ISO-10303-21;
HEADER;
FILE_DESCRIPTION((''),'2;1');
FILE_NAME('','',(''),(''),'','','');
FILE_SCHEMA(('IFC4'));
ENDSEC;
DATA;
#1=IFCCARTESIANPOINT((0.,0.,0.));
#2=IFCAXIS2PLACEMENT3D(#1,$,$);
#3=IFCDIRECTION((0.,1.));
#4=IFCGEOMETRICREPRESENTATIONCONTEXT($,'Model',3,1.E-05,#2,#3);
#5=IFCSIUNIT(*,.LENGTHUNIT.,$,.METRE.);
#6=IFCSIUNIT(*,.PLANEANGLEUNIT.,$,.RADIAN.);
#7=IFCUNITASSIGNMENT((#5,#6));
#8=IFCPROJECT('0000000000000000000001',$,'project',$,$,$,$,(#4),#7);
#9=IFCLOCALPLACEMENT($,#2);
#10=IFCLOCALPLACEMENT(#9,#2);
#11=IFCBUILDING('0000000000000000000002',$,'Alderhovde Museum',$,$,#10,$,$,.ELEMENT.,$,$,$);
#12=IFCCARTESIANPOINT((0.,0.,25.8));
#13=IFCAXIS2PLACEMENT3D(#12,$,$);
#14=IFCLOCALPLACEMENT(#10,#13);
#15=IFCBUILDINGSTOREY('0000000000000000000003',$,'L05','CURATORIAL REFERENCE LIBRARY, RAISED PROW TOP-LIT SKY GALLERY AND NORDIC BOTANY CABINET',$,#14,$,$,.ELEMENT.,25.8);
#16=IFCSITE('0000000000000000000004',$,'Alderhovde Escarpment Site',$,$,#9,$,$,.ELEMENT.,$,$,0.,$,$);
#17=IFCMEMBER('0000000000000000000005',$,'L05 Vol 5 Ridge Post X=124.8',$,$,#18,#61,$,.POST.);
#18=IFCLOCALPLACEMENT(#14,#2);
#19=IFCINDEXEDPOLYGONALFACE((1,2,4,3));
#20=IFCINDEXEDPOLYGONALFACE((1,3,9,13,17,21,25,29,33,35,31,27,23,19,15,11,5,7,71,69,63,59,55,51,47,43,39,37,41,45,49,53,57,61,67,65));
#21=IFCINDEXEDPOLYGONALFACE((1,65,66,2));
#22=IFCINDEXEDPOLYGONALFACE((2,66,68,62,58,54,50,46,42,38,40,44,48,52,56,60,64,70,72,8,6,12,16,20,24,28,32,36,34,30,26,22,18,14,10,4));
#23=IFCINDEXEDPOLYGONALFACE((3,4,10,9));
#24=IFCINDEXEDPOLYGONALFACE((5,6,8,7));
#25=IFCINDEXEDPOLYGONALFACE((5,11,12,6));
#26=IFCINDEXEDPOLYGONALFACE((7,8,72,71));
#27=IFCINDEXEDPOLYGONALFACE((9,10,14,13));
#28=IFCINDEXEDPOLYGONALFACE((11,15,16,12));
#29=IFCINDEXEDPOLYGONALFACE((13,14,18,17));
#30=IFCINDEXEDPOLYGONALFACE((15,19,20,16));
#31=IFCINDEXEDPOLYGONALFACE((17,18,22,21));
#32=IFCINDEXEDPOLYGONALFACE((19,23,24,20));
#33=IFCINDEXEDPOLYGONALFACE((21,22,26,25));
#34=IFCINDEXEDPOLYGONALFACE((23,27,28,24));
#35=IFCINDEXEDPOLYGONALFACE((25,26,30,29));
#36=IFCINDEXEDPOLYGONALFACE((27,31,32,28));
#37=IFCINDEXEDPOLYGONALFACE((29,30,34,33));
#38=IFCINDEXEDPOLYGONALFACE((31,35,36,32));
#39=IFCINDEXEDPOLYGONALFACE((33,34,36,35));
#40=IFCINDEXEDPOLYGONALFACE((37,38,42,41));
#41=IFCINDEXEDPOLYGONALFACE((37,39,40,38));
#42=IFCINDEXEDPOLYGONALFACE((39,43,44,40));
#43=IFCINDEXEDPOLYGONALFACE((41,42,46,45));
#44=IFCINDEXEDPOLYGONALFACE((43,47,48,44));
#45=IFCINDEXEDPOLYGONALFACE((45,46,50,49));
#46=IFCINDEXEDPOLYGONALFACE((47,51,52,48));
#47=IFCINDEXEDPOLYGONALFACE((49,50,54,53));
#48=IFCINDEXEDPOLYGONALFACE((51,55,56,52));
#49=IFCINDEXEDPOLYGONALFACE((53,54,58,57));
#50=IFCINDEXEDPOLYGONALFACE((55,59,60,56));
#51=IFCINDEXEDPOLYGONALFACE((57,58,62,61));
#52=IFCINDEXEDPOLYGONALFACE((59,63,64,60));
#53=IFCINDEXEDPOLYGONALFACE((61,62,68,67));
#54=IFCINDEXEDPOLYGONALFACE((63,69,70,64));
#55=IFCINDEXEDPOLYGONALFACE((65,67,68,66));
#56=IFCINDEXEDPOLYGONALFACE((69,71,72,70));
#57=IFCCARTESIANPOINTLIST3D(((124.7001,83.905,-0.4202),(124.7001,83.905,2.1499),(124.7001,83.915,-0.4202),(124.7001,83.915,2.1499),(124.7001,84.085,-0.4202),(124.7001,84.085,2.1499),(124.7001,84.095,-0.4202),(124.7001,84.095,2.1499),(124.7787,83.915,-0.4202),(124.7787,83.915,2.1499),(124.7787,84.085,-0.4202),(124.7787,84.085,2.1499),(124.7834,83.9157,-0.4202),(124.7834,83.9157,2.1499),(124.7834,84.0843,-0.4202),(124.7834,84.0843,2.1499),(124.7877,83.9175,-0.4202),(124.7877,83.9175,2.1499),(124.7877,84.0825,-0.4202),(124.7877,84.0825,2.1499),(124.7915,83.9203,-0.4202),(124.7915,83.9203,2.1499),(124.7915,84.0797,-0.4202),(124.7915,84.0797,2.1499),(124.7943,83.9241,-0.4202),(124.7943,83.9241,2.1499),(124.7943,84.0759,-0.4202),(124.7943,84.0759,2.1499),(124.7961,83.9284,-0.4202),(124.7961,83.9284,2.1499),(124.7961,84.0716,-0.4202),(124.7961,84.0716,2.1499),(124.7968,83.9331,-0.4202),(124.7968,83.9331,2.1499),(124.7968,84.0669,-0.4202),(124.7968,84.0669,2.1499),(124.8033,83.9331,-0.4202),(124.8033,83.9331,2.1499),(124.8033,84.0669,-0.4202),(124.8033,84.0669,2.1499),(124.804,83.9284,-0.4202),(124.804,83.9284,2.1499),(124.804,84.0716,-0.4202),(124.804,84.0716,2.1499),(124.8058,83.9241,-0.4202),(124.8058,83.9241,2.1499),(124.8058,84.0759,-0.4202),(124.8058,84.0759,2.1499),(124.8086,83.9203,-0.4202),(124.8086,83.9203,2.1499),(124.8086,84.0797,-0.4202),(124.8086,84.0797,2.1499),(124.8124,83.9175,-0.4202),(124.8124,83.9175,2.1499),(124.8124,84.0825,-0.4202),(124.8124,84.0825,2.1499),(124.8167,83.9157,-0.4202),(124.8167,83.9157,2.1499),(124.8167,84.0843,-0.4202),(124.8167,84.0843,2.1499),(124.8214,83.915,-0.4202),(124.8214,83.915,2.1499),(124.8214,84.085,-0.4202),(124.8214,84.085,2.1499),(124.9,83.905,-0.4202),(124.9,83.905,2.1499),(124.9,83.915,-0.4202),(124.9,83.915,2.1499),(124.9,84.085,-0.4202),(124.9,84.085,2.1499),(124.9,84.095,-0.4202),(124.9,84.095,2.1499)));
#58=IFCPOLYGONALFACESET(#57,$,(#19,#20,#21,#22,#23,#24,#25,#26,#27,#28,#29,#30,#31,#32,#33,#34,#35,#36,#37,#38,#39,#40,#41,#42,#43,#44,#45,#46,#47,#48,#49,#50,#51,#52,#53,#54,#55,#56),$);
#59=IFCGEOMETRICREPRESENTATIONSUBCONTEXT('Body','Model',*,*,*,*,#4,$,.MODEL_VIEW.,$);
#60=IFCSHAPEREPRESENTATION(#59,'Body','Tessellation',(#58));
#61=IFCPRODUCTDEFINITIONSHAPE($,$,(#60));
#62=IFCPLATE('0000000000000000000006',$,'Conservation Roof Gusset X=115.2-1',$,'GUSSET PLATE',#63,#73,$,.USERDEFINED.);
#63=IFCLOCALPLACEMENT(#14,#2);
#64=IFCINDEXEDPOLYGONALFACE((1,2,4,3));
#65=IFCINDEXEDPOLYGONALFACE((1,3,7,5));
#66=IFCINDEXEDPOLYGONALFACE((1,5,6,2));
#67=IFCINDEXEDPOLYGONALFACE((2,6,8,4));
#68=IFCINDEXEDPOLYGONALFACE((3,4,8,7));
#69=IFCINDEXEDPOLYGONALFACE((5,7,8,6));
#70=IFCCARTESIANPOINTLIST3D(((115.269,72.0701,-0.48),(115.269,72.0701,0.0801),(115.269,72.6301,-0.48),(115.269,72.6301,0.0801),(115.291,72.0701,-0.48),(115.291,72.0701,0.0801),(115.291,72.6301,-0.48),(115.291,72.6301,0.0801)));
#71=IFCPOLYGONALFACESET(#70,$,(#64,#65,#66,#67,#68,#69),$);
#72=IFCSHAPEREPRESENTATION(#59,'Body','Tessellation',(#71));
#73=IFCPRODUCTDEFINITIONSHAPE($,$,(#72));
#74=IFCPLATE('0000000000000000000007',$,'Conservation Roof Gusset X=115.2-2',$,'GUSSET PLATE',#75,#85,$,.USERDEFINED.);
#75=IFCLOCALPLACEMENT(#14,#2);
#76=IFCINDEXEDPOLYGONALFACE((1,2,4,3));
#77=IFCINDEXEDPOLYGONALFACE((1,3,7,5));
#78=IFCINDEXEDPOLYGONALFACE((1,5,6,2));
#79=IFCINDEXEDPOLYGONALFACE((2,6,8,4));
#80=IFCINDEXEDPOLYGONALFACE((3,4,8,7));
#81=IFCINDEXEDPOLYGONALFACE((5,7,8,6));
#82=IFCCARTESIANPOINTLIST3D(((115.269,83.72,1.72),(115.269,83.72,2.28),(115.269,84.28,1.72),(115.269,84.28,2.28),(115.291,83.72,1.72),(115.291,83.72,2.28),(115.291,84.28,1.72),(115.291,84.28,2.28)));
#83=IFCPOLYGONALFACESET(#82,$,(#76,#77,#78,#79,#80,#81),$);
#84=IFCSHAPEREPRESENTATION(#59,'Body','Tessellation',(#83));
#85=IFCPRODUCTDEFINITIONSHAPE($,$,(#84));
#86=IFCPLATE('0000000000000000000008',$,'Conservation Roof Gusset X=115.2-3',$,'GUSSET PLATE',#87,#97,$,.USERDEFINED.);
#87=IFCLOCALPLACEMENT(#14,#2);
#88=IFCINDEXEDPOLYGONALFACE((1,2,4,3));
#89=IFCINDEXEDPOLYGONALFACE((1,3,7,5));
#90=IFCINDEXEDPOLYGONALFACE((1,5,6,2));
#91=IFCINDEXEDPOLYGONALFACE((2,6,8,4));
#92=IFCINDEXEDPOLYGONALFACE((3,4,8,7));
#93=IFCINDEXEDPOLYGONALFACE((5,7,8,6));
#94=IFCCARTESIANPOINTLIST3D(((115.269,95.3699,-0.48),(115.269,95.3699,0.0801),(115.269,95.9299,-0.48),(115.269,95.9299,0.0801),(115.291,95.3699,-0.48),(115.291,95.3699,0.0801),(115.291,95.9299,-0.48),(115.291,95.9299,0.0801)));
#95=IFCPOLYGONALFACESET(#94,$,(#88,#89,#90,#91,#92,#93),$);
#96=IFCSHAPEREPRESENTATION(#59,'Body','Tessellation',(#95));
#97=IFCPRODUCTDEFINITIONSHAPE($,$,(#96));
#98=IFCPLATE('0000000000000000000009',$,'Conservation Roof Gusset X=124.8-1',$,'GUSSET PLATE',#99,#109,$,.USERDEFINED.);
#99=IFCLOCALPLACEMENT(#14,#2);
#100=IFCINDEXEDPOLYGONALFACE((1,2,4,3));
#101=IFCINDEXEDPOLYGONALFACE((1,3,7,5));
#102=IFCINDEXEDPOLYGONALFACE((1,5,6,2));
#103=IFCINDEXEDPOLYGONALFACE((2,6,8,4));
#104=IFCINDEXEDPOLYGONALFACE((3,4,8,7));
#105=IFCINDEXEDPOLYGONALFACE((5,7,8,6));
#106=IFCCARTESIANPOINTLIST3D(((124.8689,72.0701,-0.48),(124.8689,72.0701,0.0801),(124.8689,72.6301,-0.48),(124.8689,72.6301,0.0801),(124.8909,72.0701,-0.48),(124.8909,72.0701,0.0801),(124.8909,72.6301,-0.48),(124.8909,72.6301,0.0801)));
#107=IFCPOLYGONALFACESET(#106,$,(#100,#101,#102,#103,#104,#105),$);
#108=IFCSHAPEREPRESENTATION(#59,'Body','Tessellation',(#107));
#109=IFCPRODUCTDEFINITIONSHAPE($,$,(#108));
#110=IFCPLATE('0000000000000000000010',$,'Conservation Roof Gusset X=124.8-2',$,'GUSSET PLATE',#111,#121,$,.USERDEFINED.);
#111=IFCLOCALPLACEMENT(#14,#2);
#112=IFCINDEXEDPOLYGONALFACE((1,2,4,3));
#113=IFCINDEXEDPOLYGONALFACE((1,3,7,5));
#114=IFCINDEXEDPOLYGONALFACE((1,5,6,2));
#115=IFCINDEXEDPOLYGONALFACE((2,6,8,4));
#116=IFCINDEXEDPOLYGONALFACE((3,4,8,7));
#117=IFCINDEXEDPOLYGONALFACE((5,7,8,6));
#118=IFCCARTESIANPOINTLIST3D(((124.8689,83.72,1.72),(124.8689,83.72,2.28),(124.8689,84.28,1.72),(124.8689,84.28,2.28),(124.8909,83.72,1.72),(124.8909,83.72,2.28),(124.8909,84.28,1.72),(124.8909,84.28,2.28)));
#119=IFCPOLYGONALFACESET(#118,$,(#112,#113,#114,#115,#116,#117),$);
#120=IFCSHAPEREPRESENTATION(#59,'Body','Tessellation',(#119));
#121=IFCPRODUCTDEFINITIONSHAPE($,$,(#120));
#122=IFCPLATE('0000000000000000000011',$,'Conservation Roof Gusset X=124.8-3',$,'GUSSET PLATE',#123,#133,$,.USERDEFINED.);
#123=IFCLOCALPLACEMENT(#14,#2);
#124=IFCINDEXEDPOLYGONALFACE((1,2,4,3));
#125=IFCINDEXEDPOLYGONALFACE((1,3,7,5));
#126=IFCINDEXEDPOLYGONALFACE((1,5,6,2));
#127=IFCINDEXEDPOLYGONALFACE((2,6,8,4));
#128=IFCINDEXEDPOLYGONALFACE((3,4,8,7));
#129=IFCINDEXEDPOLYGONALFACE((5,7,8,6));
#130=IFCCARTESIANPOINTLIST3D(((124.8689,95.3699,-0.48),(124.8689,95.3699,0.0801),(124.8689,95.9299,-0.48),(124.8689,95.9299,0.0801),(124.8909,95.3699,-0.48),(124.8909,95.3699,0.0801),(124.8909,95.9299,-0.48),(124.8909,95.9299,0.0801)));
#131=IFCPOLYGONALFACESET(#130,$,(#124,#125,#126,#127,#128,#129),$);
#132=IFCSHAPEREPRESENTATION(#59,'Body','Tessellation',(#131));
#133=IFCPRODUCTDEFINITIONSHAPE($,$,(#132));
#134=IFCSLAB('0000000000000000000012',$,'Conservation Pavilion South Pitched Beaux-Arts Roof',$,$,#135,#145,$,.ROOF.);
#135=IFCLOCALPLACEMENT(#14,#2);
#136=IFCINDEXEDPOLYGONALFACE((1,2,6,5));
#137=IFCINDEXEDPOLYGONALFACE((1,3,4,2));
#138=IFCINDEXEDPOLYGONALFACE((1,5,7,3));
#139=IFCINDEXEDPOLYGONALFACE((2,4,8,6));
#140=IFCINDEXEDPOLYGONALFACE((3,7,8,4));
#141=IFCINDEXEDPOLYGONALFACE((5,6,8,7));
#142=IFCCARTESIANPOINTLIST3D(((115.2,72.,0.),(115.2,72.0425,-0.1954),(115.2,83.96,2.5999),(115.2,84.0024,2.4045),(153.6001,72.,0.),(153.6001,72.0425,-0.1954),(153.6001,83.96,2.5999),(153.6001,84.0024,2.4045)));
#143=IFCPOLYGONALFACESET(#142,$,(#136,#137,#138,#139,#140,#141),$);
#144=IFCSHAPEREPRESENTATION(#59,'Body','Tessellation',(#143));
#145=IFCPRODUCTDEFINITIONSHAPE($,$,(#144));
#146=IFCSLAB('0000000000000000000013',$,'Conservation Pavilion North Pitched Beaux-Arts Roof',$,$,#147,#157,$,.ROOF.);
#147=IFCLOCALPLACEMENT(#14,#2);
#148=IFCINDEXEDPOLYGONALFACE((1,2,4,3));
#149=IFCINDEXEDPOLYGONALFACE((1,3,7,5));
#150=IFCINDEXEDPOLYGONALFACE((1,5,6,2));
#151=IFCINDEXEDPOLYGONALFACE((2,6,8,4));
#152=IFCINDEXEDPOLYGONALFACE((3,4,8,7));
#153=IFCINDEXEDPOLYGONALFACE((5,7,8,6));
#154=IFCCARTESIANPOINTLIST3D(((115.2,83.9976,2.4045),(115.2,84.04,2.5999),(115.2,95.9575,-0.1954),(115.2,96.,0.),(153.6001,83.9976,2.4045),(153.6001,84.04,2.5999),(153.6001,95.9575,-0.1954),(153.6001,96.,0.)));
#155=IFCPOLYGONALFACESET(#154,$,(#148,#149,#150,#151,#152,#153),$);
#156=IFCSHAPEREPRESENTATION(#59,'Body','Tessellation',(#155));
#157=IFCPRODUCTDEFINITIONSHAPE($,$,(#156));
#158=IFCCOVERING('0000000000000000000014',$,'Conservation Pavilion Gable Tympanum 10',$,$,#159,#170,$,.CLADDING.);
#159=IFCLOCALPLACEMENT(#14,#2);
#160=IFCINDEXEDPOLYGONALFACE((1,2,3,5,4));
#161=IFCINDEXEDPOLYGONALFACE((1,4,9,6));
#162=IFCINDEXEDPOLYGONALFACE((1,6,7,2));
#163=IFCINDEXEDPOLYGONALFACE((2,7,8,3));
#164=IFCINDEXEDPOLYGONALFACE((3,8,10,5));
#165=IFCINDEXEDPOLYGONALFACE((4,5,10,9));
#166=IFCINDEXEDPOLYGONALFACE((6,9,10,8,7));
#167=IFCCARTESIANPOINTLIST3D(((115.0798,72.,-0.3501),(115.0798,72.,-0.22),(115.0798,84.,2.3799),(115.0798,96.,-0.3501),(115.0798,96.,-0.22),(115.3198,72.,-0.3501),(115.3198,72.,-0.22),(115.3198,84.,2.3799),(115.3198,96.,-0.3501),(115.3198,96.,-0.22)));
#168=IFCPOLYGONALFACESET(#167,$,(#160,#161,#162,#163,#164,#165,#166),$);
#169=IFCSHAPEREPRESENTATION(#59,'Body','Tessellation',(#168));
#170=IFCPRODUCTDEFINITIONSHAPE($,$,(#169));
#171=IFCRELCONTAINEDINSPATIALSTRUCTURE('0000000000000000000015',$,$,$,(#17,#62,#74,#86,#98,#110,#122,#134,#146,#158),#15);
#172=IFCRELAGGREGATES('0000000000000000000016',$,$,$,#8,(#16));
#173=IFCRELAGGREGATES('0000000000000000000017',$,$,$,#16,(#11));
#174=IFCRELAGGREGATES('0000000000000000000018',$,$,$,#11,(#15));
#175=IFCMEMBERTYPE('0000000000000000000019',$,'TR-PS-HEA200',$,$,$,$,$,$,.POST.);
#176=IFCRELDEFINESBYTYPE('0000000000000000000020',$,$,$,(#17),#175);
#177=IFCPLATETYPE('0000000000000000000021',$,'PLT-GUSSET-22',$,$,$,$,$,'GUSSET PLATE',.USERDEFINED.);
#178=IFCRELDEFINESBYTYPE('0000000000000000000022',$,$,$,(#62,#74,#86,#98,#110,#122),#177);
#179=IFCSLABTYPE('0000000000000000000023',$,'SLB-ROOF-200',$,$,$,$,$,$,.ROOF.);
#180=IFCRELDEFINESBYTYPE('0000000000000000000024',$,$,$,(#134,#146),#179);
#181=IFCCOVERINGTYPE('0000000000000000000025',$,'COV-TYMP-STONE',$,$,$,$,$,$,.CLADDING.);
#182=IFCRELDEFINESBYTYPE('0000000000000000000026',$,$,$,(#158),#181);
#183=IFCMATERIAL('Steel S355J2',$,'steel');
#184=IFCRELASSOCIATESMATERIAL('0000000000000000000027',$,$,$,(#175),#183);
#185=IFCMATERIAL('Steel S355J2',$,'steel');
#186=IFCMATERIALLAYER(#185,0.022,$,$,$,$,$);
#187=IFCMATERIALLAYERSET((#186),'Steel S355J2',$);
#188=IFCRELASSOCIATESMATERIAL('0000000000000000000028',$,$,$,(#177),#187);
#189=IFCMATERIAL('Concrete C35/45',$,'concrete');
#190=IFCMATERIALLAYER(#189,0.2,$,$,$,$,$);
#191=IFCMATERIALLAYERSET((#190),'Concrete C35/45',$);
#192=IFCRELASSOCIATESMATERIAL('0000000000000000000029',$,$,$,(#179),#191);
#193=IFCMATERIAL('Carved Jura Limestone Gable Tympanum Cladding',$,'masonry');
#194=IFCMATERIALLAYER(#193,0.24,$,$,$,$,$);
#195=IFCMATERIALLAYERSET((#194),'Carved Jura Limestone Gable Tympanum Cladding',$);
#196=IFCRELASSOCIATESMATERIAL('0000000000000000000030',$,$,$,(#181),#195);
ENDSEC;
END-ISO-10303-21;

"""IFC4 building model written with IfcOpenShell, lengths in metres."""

from ifc_helpers import new_model, si_unit, direction, frame, origin, origin_2d, place, context, subcontext, project, spatial, polyline, rectangle, i_section, outline, extrude, material, layer, layer_set, material_profile, profile_set, type_object, element, save


model = new_model("IFC4")

# Units and contexts
model_context = context("Model", 3, precision=1e-05, world=origin(), true_north=direction((0.0, 1.0)))
body_context = subcontext(model_context, "Body", "Model", "MODEL_VIEW")
ifc_project = project(units=[si_unit("LENGTHUNIT", "METRE"), si_unit("PLANEANGLEUNIT", "RADIAN")], contexts=[model_context])

# Site, building, storey
site_placement = place(None, origin())
site = spatial("IfcSite", under=ifc_project, at=site_placement, Name="Alderhovde Escarpment Site", CompositionType="ELEMENT", RefElevation=0.0)
building_placement = place(site_placement, origin())
building = spatial("IfcBuilding", under=site, at=building_placement, Name="Alderhovde Museum", CompositionType="ELEMENT")
storey_placement = place(building_placement, frame((0.0, 0.0, 25.8)))
storey = spatial("IfcBuildingStorey", under=building, at=storey_placement, Name="L05", Description="CURATORIAL REFERENCE LIBRARY, RAISED PROW TOP-LIT SKY GALLERY AND NORDIC BOTANY CABINET", CompositionType="ELEMENT", Elevation=25.8)

# Member
ifc_material_1 = material(Name="Steel S355J2", Category="steel")
ifc_material_profile_1 = material_profile(ifc_material_1, i_section(OverallWidth=0.2, OverallDepth=0.1899, WebThickness=0.0066, FlangeThickness=0.01, FilletRadius=0.0181, at=origin_2d()), Name="HEA 200")
ifc_profile_set_1 = profile_set([ifc_material_profile_1], Name="Steel S355J2")
member_type_1 = type_object("IfcMemberType", Name="TR-PS-HEA200", PredefinedType="POST", material=ifc_profile_set_1)
for number, where, z_axis, x_axis, name in (
    (1, (124.8, 84.0, -0.4202), (0.0, 0.0, 1.0), (1.0, 0.0, 0.0), "L05 Vol 5 Ridge Post X=124.8"),
):
    element("IfcMember", number, at=place(storey_placement, frame(where, z_axis=z_axis, x_axis=x_axis)), inside=storey, type_object=member_type_1, Name=name, PredefinedType="POST", context=body_context, shape_type="SweptSolid", body=[
        extrude(i_section(OverallWidth=0.2, OverallDepth=0.1899, WebThickness=0.0066, FlangeThickness=0.01, FilletRadius=0.0181, at=origin_2d()), origin(), (0.0, 0.0, 1.0), 2.5701),
    ])

# Plates
ifc_material_2 = material(Name="Steel S355J2", Category="steel")
ifc_layer_1 = layer(ifc_material_2, 0.022)
ifc_layer_set_1 = layer_set([ifc_layer_1], Name="Steel S355J2")
plate_type = type_object("IfcPlateType", Name="PLT-GUSSET-22", ElementType="GUSSET PLATE", PredefinedType="USERDEFINED", material=ifc_layer_set_1)
for number, where, z_axis, x_axis, name in (
    (2, (115.28, 72.3501, -0.48), (0.0, 0.0, 1.0), (1.0, 0.0, 0.0), "Conservation Roof Gusset X=115.2-1"),
    (3, (115.28, 84.0, 1.72), (0.0, 0.0, 1.0), (1.0, 0.0, 0.0), "Conservation Roof Gusset X=115.2-2"),
    (4, (115.28, 95.6499, -0.48), (0.0, 0.0, 1.0), (1.0, 0.0, 0.0), "Conservation Roof Gusset X=115.2-3"),
    (5, (124.8799, 72.3501, -0.48), (0.0, 0.0, 1.0), (1.0, 0.0, 0.0), "Conservation Roof Gusset X=124.8-1"),
    (6, (124.8799, 84.0, 1.72), (0.0, 0.0, 1.0), (1.0, 0.0, 0.0), "Conservation Roof Gusset X=124.8-2"),
    (7, (124.8799, 95.6499, -0.48), (0.0, 0.0, 1.0), (1.0, 0.0, 0.0), "Conservation Roof Gusset X=124.8-3"),
):
    element("IfcPlate", number, at=place(storey_placement, frame(where, z_axis=z_axis, x_axis=x_axis)), inside=storey, type_object=plate_type, Name=name, ObjectType="GUSSET PLATE", PredefinedType="USERDEFINED", context=body_context, shape_type="SweptSolid", body=[
        extrude(rectangle(XDim=0.022, YDim=0.5601, at=origin_2d()), origin(), (0.0, 0.0, 1.0), 0.5601),
    ])

# Slabs
ifc_material_3 = material(Name="Concrete C35/45", Category="concrete")
ifc_layer_2 = layer(ifc_material_3, 0.2)
ifc_layer_set_2 = layer_set([ifc_layer_2], Name="Concrete C35/45")
slab_type = type_object("IfcSlabType", Name="SLB-ROOF-200", PredefinedType="ROOF", material=ifc_layer_set_2)
for number, where, z_axis, x_axis, name in (
    (8, (115.2, 72.0, 0.0), (0.0, -0.212419, 0.977179), (1.0, 0.0, 0.0), "Conservation Pavilion South Pitched Beaux-Arts Roof"),
    (9, (115.2, 84.04, 2.5999), (0.0, 0.212419, 0.977179), (1.0, 0.0, 0.0), "Conservation Pavilion North Pitched Beaux-Arts Roof"),
):
    element("IfcSlab", number, at=place(storey_placement, frame(where, z_axis=z_axis, x_axis=x_axis)), inside=storey, type_object=slab_type, Name=name, PredefinedType="ROOF", context=body_context, shape_type="SweptSolid", body=[
        extrude(outline(polyline([(0.0, 0.0), (38.4001, 0.0), (38.4001, 12.2393), (0.0, 12.2393), (0.0, 0.0)])), origin(), (0.0, 0.0, -1.0), 0.2),
    ])

# Covering
ifc_material_4 = material(Name="Carved Jura Limestone Gable Tympanum Cladding", Category="masonry")
ifc_layer_3 = layer(ifc_material_4, 0.24)
ifc_layer_set_3 = layer_set([ifc_layer_3], Name="Carved Jura Limestone Gable Tympanum Cladding")
covering_type = type_object("IfcCoveringType", Name="COV-TYMP-STONE", PredefinedType="CLADDING", material=ifc_layer_set_3)
covering_placement = place(storey_placement, frame((115.2, 72.0, -0.3501), z_axis=(0.0, 0.0, 1.0), x_axis=(0.0, 1.0, 0.0)))
element("IfcCovering", 10, at=covering_placement, inside=storey, type_object=covering_type, Name="Conservation Pavilion Gable Tympanum 10", PredefinedType="CLADDING", context=body_context, shape_type="SweptSolid", body=[
    extrude(outline(polyline([(0.0, 0.0), (24.0, 0.0), (24.0, 0.1301), (12.0, 2.73), (0.0, 0.1301), (0.0, 0.0)])), frame((0.0, 0.1201, 0.0), z_axis=(0.0, -1.0, 0.0), x_axis=(1.0, 0.0, 0.0)), (0.0, 0.0, 1.0), 0.24),
])

save(model, "model.ifc")
